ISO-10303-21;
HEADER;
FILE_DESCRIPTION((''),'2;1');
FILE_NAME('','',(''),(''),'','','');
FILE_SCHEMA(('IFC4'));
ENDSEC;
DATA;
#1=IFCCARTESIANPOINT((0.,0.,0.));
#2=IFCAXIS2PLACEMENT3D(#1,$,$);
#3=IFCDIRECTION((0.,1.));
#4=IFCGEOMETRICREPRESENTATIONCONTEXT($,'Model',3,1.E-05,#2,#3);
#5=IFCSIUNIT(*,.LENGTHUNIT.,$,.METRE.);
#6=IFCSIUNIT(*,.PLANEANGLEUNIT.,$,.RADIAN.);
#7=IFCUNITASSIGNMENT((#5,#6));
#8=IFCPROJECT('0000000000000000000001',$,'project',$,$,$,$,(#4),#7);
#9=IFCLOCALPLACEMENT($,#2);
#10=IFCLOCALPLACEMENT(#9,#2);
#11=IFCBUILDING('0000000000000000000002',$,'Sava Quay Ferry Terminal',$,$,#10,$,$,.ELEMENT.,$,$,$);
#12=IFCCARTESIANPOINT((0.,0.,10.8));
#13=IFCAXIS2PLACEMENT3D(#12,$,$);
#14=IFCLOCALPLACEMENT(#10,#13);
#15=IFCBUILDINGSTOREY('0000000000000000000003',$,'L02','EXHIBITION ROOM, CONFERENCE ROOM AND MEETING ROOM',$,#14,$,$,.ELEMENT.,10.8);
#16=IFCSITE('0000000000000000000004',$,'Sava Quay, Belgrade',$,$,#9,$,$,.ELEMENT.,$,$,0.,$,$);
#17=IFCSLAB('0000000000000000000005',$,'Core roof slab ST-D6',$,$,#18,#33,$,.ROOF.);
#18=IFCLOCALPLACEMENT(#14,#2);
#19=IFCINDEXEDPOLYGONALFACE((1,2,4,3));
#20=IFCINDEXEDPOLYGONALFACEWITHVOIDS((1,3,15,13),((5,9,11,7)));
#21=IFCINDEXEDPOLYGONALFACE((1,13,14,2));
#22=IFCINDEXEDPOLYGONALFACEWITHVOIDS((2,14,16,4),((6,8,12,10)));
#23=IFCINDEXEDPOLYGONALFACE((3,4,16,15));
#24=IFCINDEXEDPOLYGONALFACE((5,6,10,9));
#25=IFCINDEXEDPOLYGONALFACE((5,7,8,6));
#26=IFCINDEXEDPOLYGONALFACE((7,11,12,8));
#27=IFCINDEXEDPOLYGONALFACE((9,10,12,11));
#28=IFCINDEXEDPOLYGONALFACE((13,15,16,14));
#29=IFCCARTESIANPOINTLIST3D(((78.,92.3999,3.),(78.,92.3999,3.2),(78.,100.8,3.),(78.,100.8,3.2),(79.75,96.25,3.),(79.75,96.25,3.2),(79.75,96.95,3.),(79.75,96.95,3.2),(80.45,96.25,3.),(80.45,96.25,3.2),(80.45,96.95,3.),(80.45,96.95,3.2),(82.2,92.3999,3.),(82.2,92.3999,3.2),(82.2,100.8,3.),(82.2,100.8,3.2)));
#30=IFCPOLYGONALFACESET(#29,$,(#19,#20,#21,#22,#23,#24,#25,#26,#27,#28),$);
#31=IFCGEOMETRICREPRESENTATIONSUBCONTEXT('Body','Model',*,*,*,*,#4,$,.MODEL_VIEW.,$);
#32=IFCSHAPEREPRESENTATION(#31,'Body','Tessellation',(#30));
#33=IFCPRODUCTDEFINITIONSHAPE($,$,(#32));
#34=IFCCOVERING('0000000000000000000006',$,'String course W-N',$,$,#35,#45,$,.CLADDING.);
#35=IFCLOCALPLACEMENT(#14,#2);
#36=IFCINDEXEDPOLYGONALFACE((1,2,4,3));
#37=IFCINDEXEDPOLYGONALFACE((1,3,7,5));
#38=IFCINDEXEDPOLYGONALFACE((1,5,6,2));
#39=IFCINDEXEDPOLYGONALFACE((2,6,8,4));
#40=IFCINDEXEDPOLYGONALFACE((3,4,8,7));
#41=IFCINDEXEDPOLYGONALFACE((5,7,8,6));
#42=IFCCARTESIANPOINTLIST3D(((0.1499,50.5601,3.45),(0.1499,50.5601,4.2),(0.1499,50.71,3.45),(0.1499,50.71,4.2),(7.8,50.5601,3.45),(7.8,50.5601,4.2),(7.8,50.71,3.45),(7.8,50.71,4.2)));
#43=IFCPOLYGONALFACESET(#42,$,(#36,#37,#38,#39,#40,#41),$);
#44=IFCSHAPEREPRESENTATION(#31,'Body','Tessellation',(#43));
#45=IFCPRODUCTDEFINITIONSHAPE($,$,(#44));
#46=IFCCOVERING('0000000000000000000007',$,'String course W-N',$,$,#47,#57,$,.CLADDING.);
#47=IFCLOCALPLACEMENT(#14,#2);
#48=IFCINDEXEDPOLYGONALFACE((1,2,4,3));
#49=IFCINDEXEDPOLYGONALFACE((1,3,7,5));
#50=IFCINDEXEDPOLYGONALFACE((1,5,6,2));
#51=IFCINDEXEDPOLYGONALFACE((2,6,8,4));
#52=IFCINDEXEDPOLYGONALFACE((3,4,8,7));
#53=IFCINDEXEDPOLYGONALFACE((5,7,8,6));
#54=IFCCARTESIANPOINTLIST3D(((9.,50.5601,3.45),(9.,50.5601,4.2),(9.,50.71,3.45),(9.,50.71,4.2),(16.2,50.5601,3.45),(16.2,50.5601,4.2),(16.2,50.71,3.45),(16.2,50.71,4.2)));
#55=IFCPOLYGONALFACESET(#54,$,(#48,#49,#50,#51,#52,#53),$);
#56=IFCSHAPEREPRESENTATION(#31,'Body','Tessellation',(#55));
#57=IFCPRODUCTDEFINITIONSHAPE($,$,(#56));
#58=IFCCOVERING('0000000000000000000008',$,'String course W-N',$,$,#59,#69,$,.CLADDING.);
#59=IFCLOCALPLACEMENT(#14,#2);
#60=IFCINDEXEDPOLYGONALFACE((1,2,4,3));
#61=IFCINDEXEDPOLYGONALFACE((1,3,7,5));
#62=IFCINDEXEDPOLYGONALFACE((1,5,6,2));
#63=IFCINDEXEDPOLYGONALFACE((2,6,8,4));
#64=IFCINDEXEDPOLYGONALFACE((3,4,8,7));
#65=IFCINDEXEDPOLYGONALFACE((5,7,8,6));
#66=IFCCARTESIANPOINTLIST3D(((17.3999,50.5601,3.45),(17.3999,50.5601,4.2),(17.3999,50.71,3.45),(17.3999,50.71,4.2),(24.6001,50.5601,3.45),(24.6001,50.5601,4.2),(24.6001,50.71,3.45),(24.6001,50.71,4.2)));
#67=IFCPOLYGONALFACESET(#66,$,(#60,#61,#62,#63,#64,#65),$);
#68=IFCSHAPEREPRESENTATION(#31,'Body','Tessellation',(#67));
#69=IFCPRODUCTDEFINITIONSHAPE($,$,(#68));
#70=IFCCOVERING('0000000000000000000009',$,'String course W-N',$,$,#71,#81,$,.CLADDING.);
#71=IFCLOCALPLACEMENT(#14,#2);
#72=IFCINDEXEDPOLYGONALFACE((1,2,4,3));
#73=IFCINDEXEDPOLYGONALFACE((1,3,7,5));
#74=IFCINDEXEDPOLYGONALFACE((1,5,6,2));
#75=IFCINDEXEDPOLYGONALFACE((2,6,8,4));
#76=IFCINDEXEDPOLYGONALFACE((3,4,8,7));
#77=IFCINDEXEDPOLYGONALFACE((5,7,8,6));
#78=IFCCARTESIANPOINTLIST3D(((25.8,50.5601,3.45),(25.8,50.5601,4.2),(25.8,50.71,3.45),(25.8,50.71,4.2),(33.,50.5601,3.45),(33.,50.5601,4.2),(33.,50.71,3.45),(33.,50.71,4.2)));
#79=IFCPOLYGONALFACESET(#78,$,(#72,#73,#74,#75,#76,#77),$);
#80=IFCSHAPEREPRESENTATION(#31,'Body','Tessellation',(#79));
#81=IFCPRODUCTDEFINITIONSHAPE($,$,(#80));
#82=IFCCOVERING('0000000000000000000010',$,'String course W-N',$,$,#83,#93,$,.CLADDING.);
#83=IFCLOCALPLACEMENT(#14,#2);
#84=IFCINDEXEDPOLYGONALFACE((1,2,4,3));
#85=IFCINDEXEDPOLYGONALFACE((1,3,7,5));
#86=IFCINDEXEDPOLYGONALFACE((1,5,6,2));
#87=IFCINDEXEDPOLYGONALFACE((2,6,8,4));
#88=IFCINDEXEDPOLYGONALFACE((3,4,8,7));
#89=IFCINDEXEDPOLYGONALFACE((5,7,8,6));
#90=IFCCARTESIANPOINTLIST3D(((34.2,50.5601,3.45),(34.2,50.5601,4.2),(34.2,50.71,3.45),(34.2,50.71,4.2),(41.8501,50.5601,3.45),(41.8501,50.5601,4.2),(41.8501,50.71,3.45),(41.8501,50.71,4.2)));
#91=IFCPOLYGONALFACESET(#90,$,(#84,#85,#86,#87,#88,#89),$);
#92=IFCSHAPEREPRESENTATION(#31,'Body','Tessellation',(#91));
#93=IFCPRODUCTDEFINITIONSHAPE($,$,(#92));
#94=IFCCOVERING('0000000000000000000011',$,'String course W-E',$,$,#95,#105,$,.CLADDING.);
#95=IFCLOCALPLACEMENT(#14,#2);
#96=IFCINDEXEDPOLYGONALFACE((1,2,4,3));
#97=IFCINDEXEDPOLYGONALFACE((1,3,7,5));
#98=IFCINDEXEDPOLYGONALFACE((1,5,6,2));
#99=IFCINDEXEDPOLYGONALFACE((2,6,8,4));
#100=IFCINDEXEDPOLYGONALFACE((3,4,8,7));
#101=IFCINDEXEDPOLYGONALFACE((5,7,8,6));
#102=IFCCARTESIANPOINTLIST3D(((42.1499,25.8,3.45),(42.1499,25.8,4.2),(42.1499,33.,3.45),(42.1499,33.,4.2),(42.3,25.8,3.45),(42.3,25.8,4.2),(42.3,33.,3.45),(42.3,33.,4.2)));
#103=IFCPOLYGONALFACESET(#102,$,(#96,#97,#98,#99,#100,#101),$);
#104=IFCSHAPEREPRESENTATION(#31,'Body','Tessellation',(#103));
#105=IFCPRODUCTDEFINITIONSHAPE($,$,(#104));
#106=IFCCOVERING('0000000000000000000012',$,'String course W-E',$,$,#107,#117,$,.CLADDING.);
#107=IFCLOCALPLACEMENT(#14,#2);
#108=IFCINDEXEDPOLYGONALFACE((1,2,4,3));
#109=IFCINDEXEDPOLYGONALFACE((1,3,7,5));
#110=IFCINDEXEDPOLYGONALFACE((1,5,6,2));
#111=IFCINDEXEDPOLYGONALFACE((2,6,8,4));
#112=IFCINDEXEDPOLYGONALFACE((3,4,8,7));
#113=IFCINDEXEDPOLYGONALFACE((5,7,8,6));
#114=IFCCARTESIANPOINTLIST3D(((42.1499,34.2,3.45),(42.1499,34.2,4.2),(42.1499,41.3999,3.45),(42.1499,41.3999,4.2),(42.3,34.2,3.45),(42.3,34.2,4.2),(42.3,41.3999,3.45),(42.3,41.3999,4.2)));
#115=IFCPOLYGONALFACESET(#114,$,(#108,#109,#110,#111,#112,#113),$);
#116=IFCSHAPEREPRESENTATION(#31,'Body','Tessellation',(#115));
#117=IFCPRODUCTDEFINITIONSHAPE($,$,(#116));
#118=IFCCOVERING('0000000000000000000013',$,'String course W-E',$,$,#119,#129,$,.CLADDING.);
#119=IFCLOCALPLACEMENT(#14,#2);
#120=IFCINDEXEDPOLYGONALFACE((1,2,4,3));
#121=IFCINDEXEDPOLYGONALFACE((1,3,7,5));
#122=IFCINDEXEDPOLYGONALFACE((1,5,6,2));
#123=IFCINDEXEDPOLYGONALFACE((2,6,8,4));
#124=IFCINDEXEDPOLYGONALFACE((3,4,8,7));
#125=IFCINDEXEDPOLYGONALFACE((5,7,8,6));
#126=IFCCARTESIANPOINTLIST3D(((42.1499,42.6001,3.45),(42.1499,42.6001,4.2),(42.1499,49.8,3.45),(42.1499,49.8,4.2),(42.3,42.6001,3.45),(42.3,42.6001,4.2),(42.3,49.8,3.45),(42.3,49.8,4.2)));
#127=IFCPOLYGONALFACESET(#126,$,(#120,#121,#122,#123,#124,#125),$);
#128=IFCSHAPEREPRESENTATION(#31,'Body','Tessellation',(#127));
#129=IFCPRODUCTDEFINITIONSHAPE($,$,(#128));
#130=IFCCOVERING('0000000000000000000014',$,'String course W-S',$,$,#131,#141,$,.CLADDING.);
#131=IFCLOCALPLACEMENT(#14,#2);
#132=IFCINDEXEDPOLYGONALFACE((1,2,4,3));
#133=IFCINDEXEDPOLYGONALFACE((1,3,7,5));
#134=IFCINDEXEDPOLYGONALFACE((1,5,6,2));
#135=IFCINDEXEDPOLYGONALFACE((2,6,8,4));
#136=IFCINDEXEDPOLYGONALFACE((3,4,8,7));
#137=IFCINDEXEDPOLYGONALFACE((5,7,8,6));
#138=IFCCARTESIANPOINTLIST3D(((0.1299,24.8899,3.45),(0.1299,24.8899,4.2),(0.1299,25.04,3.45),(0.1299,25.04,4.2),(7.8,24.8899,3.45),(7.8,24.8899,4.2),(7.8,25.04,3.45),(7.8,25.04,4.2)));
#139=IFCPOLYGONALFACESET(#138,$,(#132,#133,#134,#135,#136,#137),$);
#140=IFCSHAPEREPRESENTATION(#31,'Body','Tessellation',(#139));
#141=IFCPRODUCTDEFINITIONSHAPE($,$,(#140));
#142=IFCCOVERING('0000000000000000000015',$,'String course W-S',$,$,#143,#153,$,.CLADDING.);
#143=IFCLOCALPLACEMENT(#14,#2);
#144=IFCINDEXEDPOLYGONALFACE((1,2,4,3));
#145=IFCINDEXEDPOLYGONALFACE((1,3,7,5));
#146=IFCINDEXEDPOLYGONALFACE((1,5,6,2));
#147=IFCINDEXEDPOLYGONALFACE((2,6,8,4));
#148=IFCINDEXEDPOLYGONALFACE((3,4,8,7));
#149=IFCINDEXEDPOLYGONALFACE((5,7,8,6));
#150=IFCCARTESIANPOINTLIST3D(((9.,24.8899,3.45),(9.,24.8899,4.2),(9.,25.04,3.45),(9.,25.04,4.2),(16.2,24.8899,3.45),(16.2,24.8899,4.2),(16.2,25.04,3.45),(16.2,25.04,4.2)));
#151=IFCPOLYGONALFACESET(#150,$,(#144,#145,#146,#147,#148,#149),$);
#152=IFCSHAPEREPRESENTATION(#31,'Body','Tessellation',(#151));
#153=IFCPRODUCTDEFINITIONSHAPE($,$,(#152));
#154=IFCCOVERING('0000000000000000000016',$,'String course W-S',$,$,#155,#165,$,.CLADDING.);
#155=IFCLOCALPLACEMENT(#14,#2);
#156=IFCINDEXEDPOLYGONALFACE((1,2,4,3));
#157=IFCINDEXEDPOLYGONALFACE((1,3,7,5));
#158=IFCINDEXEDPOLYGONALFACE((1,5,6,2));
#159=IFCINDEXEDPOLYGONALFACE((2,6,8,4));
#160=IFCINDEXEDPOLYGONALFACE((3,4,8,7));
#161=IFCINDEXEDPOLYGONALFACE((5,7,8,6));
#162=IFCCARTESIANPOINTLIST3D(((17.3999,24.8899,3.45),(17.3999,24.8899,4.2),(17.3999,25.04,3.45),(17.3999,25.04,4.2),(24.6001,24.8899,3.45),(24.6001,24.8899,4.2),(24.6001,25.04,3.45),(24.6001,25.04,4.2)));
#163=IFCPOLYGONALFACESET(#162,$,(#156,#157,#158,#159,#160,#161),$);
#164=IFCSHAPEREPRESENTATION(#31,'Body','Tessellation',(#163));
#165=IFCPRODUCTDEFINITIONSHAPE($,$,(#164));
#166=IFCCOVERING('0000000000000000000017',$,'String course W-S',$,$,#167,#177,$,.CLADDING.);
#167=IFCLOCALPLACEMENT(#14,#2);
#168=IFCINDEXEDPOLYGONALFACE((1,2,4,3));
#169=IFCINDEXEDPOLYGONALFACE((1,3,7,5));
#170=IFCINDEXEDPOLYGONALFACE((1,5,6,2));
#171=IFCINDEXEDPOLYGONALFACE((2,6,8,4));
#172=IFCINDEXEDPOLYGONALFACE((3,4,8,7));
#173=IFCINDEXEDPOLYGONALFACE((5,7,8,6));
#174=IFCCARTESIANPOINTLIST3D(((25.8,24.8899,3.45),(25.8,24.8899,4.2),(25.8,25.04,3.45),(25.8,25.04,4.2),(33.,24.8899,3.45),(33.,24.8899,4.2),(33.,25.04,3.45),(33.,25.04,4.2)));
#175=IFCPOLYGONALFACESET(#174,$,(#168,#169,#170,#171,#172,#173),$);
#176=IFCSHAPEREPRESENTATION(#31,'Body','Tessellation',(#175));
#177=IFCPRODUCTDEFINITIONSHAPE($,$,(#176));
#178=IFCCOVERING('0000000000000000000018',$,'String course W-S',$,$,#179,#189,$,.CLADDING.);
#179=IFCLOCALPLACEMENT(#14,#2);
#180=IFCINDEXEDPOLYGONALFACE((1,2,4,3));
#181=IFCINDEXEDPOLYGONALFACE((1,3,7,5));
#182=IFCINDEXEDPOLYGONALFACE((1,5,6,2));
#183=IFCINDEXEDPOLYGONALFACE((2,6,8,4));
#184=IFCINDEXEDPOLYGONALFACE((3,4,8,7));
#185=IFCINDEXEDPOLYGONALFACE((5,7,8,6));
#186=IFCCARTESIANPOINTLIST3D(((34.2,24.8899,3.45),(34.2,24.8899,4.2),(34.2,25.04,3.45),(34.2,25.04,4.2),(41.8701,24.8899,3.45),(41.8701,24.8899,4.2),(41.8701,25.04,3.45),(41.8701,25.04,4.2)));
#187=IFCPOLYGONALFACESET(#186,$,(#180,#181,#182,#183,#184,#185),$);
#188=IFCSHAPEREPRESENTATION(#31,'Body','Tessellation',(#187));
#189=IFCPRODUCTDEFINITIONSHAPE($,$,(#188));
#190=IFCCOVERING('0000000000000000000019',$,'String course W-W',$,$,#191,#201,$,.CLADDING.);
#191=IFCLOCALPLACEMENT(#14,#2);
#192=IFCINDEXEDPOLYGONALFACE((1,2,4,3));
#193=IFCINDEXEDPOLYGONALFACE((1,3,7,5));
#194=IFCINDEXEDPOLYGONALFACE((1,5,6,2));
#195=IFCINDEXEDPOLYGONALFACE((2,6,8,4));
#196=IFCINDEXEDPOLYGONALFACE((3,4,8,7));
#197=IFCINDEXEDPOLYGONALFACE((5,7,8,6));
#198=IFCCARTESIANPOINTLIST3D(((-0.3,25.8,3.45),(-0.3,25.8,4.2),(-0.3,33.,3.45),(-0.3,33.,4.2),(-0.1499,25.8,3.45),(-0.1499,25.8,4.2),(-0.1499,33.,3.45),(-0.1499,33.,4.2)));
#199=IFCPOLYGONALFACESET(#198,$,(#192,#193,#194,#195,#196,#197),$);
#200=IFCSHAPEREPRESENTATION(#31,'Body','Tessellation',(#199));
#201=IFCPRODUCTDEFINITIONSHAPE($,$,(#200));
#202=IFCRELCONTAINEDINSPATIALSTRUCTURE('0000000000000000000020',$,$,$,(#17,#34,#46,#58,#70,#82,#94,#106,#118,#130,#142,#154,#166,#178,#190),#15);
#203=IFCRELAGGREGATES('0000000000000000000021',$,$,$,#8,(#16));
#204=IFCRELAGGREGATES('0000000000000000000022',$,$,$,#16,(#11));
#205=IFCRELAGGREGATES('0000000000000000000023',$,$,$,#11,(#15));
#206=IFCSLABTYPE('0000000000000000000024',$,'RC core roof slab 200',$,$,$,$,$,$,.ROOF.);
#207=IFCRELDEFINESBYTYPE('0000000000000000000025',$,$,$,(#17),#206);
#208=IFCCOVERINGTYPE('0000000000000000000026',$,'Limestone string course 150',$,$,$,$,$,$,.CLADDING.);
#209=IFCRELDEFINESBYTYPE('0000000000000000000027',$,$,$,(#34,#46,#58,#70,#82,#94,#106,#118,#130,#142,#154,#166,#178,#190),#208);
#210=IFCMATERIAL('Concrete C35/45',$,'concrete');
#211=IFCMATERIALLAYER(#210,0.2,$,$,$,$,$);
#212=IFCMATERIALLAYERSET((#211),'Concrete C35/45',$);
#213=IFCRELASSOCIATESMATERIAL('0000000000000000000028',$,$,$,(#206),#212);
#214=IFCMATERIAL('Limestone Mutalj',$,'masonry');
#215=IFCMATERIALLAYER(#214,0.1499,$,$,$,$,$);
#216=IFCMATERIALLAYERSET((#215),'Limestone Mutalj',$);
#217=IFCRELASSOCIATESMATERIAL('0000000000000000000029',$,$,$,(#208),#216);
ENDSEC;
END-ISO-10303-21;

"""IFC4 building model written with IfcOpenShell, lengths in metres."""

from ifc_helpers import new_model, si_unit, direction, frame, origin, place, context, subcontext, project, spatial, polyline, outline, extrude, material, layer, layer_set, type_object, element, save


model = new_model("IFC4")

# Units and contexts
model_context = context("Model", 3, precision=1e-05, world=origin(), true_north=direction((0.0, 1.0)))
body_context = subcontext(model_context, "Body", "Model", "MODEL_VIEW")
ifc_project = project(units=[si_unit("LENGTHUNIT", "METRE"), si_unit("PLANEANGLEUNIT", "RADIAN")], contexts=[model_context])

# Site, building, storey
site_placement = place(None, origin())
site = spatial("IfcSite", under=ifc_project, at=site_placement, Name="Sava Quay, Belgrade", CompositionType="ELEMENT", RefElevation=0.0)
building_placement = place(site_placement, origin())
building = spatial("IfcBuilding", under=site, at=building_placement, Name="Sava Quay Ferry Terminal", CompositionType="ELEMENT")
storey_placement = place(building_placement, frame((0.0, 0.0, 10.8)))
storey = spatial("IfcBuildingStorey", under=building, at=storey_placement, Name="L02", Description="EXHIBITION ROOM, CONFERENCE ROOM AND MEETING ROOM", CompositionType="ELEMENT", Elevation=10.8)

# Slab
ifc_material_1 = material(Name="Concrete C35/45", Category="concrete")
ifc_layer_1 = layer(ifc_material_1, 0.2)
ifc_layer_set_1 = layer_set([ifc_layer_1], Name="Concrete C35/45")
slab_type_1 = type_object("IfcSlabType", Name="RC core roof slab 200", PredefinedType="ROOF", material=ifc_layer_set_1)
slab_1_placement = place(storey_placement, frame((0.0, 0.0, 3.0)))
element("IfcSlab", 1, at=slab_1_placement, inside=storey, type_object=slab_type_1, Name="Core roof slab ST-D6", PredefinedType="ROOF", context=body_context, shape_type="SweptSolid", body=[
    extrude(outline(polyline([(78.0, 92.3999), (82.2, 92.3999), (82.2, 100.8), (78.0, 100.8), (78.0, 92.3999)]), holes=[polyline([(79.75, 96.25), (80.45, 96.25), (80.45, 96.95), (79.75, 96.95), (79.75, 96.25)])]), origin(), (0.0, 0.0, 1.0), 0.2),
])

# Coverings
ifc_material_2 = material(Name="Limestone Mutalj", Category="masonry")
ifc_layer_2 = layer(ifc_material_2, 0.1499)
ifc_layer_set_2 = layer_set([ifc_layer_2], Name="Limestone Mutalj")
covering_type = type_object("IfcCoveringType", Name="Limestone string course 150", PredefinedType="CLADDING", material=ifc_layer_set_2)
covering_1_placement = place(storey_placement, frame((0.0, 0.0, 3.45)))
element("IfcCovering", 2, at=covering_1_placement, inside=storey, type_object=covering_type, Name="String course W-N", PredefinedType="CLADDING", context=body_context, shape_type="SweptSolid", body=[
    extrude(outline(polyline([(0.1499, 50.5601), (7.8, 50.5601), (7.8, 50.71), (0.1499, 50.71), (0.1499, 50.5601)])), origin(), (0.0, 0.0, 1.0), 0.75),
])
covering_2_placement = place(storey_placement, frame((0.0, 0.0, 3.45)))
element("IfcCovering", 3, at=covering_2_placement, inside=storey, type_object=covering_type, Name="String course W-N", PredefinedType="CLADDING", context=body_context, shape_type="SweptSolid", body=[
    extrude(outline(polyline([(9.0, 50.5601), (16.2, 50.5601), (16.2, 50.71), (9.0, 50.71), (9.0, 50.5601)])), origin(), (0.0, 0.0, 1.0), 0.75),
])
covering_3_placement = place(storey_placement, frame((0.0, 0.0, 3.45)))
element("IfcCovering", 4, at=covering_3_placement, inside=storey, type_object=covering_type, Name="String course W-N", PredefinedType="CLADDING", context=body_context, shape_type="SweptSolid", body=[
    extrude(outline(polyline([(17.3999, 50.5601), (24.6001, 50.5601), (24.6001, 50.71), (17.3999, 50.71), (17.3999, 50.5601)])), origin(), (0.0, 0.0, 1.0), 0.75),
])
covering_4_placement = place(storey_placement, frame((0.0, 0.0, 3.45)))
element("IfcCovering", 5, at=covering_4_placement, inside=storey, type_object=covering_type, Name="String course W-N", PredefinedType="CLADDING", context=body_context, shape_type="SweptSolid", body=[
    extrude(outline(polyline([(25.8, 50.5601), (33.0, 50.5601), (33.0, 50.71), (25.8, 50.71), (25.8, 50.5601)])), origin(), (0.0, 0.0, 1.0), 0.75),
])
covering_5_placement = place(storey_placement, frame((0.0, 0.0, 3.45)))
element("IfcCovering", 6, at=covering_5_placement, inside=storey, type_object=covering_type, Name="String course W-N", PredefinedType="CLADDING", context=body_context, shape_type="SweptSolid", body=[
    extrude(outline(polyline([(34.2, 50.5601), (41.8501, 50.5601), (41.8501, 50.71), (34.2, 50.71), (34.2, 50.5601)])), origin(), (0.0, 0.0, 1.0), 0.75),
])
covering_6_placement = place(storey_placement, frame((0.0, 0.0, 3.45)))
element("IfcCovering", 7, at=covering_6_placement, inside=storey, type_object=covering_type, Name="String course W-E", PredefinedType="CLADDING", context=body_context, shape_type="SweptSolid", body=[
    extrude(outline(polyline([(42.1499, 25.8), (42.1499, 33.0), (42.3, 33.0), (42.3, 25.8), (42.1499, 25.8)])), origin(), (0.0, 0.0, 1.0), 0.75),
])
covering_7_placement = place(storey_placement, frame((0.0, 0.0, 3.45)))
element("IfcCovering", 8, at=covering_7_placement, inside=storey, type_object=covering_type, Name="String course W-E", PredefinedType="CLADDING", context=body_context, shape_type="SweptSolid", body=[
    extrude(outline(polyline([(42.1499, 34.2), (42.1499, 41.3999), (42.3, 41.3999), (42.3, 34.2), (42.1499, 34.2)])), origin(), (0.0, 0.0, 1.0), 0.75),
])
covering_8_placement = place(storey_placement, frame((0.0, 0.0, 3.45)))
element("IfcCovering", 9, at=covering_8_placement, inside=storey, type_object=covering_type, Name="String course W-E", PredefinedType="CLADDING", context=body_context, shape_type="SweptSolid", body=[
    extrude(outline(polyline([(42.1499, 42.6001), (42.1499, 49.8), (42.3, 49.8), (42.3, 42.6001), (42.1499, 42.6001)])), origin(), (0.0, 0.0, 1.0), 0.75),
])
covering_9_placement = place(storey_placement, frame((0.0, 0.0, 3.45)))
element("IfcCovering", 10, at=covering_9_placement, inside=storey, type_object=covering_type, Name="String course W-S", PredefinedType="CLADDING", context=body_context, shape_type="SweptSolid", body=[
    extrude(outline(polyline([(0.1299, 25.04), (7.8, 25.04), (7.8, 24.8899), (0.1299, 24.8899), (0.1299, 25.04)])), origin(), (0.0, 0.0, 1.0), 0.75),
])
covering_10_placement = place(storey_placement, frame((0.0, 0.0, 3.45)))
element("IfcCovering", 11, at=covering_10_placement, inside=storey, type_object=covering_type, Name="String course W-S", PredefinedType="CLADDING", context=body_context, shape_type="SweptSolid", body=[
    extrude(outline(polyline([(9.0, 25.04), (16.2, 25.04), (16.2, 24.8899), (9.0, 24.8899), (9.0, 25.04)])), origin(), (0.0, 0.0, 1.0), 0.75),
])
covering_11_placement = place(storey_placement, frame((0.0, 0.0, 3.45)))
element("IfcCovering", 12, at=covering_11_placement, inside=storey, type_object=covering_type, Name="String course W-S", PredefinedType="CLADDING", context=body_context, shape_type="SweptSolid", body=[
    extrude(outline(polyline([(17.3999, 25.04), (24.6001, 25.04), (24.6001, 24.8899), (17.3999, 24.8899), (17.3999, 25.04)])), origin(), (0.0, 0.0, 1.0), 0.75),
])
covering_12_placement = place(storey_placement, frame((0.0, 0.0, 3.45)))
element("IfcCovering", 13, at=covering_12_placement, inside=storey, type_object=covering_type, Name="String course W-S", PredefinedType="CLADDING", context=body_context, shape_type="SweptSolid", body=[
    extrude(outline(polyline([(25.8, 25.04), (33.0, 25.04), (33.0, 24.8899), (25.8, 24.8899), (25.8, 25.04)])), origin(), (0.0, 0.0, 1.0), 0.75),
])
covering_13_placement = place(storey_placement, frame((0.0, 0.0, 3.45)))
element("IfcCovering", 14, at=covering_13_placement, inside=storey, type_object=covering_type, Name="String course W-S", PredefinedType="CLADDING", context=body_context, shape_type="SweptSolid", body=[
    extrude(outline(polyline([(34.2, 25.04), (41.8701, 25.04), (41.8701, 24.8899), (34.2, 24.8899), (34.2, 25.04)])), origin(), (0.0, 0.0, 1.0), 0.75),
])
covering_14_placement = place(storey_placement, frame((0.0, 0.0, 3.45)))
element("IfcCovering", 15, at=covering_14_placement, inside=storey, type_object=covering_type, Name="String course W-W", PredefinedType="CLADDING", context=body_context, shape_type="SweptSolid", body=[
    extrude(outline(polyline([(-0.1499, 25.8), (-0.1499, 33.0), (-0.3, 33.0), (-0.3, 25.8), (-0.1499, 25.8)])), origin(), (0.0, 0.0, 1.0), 0.75),
])

save(model, "model.ifc")
